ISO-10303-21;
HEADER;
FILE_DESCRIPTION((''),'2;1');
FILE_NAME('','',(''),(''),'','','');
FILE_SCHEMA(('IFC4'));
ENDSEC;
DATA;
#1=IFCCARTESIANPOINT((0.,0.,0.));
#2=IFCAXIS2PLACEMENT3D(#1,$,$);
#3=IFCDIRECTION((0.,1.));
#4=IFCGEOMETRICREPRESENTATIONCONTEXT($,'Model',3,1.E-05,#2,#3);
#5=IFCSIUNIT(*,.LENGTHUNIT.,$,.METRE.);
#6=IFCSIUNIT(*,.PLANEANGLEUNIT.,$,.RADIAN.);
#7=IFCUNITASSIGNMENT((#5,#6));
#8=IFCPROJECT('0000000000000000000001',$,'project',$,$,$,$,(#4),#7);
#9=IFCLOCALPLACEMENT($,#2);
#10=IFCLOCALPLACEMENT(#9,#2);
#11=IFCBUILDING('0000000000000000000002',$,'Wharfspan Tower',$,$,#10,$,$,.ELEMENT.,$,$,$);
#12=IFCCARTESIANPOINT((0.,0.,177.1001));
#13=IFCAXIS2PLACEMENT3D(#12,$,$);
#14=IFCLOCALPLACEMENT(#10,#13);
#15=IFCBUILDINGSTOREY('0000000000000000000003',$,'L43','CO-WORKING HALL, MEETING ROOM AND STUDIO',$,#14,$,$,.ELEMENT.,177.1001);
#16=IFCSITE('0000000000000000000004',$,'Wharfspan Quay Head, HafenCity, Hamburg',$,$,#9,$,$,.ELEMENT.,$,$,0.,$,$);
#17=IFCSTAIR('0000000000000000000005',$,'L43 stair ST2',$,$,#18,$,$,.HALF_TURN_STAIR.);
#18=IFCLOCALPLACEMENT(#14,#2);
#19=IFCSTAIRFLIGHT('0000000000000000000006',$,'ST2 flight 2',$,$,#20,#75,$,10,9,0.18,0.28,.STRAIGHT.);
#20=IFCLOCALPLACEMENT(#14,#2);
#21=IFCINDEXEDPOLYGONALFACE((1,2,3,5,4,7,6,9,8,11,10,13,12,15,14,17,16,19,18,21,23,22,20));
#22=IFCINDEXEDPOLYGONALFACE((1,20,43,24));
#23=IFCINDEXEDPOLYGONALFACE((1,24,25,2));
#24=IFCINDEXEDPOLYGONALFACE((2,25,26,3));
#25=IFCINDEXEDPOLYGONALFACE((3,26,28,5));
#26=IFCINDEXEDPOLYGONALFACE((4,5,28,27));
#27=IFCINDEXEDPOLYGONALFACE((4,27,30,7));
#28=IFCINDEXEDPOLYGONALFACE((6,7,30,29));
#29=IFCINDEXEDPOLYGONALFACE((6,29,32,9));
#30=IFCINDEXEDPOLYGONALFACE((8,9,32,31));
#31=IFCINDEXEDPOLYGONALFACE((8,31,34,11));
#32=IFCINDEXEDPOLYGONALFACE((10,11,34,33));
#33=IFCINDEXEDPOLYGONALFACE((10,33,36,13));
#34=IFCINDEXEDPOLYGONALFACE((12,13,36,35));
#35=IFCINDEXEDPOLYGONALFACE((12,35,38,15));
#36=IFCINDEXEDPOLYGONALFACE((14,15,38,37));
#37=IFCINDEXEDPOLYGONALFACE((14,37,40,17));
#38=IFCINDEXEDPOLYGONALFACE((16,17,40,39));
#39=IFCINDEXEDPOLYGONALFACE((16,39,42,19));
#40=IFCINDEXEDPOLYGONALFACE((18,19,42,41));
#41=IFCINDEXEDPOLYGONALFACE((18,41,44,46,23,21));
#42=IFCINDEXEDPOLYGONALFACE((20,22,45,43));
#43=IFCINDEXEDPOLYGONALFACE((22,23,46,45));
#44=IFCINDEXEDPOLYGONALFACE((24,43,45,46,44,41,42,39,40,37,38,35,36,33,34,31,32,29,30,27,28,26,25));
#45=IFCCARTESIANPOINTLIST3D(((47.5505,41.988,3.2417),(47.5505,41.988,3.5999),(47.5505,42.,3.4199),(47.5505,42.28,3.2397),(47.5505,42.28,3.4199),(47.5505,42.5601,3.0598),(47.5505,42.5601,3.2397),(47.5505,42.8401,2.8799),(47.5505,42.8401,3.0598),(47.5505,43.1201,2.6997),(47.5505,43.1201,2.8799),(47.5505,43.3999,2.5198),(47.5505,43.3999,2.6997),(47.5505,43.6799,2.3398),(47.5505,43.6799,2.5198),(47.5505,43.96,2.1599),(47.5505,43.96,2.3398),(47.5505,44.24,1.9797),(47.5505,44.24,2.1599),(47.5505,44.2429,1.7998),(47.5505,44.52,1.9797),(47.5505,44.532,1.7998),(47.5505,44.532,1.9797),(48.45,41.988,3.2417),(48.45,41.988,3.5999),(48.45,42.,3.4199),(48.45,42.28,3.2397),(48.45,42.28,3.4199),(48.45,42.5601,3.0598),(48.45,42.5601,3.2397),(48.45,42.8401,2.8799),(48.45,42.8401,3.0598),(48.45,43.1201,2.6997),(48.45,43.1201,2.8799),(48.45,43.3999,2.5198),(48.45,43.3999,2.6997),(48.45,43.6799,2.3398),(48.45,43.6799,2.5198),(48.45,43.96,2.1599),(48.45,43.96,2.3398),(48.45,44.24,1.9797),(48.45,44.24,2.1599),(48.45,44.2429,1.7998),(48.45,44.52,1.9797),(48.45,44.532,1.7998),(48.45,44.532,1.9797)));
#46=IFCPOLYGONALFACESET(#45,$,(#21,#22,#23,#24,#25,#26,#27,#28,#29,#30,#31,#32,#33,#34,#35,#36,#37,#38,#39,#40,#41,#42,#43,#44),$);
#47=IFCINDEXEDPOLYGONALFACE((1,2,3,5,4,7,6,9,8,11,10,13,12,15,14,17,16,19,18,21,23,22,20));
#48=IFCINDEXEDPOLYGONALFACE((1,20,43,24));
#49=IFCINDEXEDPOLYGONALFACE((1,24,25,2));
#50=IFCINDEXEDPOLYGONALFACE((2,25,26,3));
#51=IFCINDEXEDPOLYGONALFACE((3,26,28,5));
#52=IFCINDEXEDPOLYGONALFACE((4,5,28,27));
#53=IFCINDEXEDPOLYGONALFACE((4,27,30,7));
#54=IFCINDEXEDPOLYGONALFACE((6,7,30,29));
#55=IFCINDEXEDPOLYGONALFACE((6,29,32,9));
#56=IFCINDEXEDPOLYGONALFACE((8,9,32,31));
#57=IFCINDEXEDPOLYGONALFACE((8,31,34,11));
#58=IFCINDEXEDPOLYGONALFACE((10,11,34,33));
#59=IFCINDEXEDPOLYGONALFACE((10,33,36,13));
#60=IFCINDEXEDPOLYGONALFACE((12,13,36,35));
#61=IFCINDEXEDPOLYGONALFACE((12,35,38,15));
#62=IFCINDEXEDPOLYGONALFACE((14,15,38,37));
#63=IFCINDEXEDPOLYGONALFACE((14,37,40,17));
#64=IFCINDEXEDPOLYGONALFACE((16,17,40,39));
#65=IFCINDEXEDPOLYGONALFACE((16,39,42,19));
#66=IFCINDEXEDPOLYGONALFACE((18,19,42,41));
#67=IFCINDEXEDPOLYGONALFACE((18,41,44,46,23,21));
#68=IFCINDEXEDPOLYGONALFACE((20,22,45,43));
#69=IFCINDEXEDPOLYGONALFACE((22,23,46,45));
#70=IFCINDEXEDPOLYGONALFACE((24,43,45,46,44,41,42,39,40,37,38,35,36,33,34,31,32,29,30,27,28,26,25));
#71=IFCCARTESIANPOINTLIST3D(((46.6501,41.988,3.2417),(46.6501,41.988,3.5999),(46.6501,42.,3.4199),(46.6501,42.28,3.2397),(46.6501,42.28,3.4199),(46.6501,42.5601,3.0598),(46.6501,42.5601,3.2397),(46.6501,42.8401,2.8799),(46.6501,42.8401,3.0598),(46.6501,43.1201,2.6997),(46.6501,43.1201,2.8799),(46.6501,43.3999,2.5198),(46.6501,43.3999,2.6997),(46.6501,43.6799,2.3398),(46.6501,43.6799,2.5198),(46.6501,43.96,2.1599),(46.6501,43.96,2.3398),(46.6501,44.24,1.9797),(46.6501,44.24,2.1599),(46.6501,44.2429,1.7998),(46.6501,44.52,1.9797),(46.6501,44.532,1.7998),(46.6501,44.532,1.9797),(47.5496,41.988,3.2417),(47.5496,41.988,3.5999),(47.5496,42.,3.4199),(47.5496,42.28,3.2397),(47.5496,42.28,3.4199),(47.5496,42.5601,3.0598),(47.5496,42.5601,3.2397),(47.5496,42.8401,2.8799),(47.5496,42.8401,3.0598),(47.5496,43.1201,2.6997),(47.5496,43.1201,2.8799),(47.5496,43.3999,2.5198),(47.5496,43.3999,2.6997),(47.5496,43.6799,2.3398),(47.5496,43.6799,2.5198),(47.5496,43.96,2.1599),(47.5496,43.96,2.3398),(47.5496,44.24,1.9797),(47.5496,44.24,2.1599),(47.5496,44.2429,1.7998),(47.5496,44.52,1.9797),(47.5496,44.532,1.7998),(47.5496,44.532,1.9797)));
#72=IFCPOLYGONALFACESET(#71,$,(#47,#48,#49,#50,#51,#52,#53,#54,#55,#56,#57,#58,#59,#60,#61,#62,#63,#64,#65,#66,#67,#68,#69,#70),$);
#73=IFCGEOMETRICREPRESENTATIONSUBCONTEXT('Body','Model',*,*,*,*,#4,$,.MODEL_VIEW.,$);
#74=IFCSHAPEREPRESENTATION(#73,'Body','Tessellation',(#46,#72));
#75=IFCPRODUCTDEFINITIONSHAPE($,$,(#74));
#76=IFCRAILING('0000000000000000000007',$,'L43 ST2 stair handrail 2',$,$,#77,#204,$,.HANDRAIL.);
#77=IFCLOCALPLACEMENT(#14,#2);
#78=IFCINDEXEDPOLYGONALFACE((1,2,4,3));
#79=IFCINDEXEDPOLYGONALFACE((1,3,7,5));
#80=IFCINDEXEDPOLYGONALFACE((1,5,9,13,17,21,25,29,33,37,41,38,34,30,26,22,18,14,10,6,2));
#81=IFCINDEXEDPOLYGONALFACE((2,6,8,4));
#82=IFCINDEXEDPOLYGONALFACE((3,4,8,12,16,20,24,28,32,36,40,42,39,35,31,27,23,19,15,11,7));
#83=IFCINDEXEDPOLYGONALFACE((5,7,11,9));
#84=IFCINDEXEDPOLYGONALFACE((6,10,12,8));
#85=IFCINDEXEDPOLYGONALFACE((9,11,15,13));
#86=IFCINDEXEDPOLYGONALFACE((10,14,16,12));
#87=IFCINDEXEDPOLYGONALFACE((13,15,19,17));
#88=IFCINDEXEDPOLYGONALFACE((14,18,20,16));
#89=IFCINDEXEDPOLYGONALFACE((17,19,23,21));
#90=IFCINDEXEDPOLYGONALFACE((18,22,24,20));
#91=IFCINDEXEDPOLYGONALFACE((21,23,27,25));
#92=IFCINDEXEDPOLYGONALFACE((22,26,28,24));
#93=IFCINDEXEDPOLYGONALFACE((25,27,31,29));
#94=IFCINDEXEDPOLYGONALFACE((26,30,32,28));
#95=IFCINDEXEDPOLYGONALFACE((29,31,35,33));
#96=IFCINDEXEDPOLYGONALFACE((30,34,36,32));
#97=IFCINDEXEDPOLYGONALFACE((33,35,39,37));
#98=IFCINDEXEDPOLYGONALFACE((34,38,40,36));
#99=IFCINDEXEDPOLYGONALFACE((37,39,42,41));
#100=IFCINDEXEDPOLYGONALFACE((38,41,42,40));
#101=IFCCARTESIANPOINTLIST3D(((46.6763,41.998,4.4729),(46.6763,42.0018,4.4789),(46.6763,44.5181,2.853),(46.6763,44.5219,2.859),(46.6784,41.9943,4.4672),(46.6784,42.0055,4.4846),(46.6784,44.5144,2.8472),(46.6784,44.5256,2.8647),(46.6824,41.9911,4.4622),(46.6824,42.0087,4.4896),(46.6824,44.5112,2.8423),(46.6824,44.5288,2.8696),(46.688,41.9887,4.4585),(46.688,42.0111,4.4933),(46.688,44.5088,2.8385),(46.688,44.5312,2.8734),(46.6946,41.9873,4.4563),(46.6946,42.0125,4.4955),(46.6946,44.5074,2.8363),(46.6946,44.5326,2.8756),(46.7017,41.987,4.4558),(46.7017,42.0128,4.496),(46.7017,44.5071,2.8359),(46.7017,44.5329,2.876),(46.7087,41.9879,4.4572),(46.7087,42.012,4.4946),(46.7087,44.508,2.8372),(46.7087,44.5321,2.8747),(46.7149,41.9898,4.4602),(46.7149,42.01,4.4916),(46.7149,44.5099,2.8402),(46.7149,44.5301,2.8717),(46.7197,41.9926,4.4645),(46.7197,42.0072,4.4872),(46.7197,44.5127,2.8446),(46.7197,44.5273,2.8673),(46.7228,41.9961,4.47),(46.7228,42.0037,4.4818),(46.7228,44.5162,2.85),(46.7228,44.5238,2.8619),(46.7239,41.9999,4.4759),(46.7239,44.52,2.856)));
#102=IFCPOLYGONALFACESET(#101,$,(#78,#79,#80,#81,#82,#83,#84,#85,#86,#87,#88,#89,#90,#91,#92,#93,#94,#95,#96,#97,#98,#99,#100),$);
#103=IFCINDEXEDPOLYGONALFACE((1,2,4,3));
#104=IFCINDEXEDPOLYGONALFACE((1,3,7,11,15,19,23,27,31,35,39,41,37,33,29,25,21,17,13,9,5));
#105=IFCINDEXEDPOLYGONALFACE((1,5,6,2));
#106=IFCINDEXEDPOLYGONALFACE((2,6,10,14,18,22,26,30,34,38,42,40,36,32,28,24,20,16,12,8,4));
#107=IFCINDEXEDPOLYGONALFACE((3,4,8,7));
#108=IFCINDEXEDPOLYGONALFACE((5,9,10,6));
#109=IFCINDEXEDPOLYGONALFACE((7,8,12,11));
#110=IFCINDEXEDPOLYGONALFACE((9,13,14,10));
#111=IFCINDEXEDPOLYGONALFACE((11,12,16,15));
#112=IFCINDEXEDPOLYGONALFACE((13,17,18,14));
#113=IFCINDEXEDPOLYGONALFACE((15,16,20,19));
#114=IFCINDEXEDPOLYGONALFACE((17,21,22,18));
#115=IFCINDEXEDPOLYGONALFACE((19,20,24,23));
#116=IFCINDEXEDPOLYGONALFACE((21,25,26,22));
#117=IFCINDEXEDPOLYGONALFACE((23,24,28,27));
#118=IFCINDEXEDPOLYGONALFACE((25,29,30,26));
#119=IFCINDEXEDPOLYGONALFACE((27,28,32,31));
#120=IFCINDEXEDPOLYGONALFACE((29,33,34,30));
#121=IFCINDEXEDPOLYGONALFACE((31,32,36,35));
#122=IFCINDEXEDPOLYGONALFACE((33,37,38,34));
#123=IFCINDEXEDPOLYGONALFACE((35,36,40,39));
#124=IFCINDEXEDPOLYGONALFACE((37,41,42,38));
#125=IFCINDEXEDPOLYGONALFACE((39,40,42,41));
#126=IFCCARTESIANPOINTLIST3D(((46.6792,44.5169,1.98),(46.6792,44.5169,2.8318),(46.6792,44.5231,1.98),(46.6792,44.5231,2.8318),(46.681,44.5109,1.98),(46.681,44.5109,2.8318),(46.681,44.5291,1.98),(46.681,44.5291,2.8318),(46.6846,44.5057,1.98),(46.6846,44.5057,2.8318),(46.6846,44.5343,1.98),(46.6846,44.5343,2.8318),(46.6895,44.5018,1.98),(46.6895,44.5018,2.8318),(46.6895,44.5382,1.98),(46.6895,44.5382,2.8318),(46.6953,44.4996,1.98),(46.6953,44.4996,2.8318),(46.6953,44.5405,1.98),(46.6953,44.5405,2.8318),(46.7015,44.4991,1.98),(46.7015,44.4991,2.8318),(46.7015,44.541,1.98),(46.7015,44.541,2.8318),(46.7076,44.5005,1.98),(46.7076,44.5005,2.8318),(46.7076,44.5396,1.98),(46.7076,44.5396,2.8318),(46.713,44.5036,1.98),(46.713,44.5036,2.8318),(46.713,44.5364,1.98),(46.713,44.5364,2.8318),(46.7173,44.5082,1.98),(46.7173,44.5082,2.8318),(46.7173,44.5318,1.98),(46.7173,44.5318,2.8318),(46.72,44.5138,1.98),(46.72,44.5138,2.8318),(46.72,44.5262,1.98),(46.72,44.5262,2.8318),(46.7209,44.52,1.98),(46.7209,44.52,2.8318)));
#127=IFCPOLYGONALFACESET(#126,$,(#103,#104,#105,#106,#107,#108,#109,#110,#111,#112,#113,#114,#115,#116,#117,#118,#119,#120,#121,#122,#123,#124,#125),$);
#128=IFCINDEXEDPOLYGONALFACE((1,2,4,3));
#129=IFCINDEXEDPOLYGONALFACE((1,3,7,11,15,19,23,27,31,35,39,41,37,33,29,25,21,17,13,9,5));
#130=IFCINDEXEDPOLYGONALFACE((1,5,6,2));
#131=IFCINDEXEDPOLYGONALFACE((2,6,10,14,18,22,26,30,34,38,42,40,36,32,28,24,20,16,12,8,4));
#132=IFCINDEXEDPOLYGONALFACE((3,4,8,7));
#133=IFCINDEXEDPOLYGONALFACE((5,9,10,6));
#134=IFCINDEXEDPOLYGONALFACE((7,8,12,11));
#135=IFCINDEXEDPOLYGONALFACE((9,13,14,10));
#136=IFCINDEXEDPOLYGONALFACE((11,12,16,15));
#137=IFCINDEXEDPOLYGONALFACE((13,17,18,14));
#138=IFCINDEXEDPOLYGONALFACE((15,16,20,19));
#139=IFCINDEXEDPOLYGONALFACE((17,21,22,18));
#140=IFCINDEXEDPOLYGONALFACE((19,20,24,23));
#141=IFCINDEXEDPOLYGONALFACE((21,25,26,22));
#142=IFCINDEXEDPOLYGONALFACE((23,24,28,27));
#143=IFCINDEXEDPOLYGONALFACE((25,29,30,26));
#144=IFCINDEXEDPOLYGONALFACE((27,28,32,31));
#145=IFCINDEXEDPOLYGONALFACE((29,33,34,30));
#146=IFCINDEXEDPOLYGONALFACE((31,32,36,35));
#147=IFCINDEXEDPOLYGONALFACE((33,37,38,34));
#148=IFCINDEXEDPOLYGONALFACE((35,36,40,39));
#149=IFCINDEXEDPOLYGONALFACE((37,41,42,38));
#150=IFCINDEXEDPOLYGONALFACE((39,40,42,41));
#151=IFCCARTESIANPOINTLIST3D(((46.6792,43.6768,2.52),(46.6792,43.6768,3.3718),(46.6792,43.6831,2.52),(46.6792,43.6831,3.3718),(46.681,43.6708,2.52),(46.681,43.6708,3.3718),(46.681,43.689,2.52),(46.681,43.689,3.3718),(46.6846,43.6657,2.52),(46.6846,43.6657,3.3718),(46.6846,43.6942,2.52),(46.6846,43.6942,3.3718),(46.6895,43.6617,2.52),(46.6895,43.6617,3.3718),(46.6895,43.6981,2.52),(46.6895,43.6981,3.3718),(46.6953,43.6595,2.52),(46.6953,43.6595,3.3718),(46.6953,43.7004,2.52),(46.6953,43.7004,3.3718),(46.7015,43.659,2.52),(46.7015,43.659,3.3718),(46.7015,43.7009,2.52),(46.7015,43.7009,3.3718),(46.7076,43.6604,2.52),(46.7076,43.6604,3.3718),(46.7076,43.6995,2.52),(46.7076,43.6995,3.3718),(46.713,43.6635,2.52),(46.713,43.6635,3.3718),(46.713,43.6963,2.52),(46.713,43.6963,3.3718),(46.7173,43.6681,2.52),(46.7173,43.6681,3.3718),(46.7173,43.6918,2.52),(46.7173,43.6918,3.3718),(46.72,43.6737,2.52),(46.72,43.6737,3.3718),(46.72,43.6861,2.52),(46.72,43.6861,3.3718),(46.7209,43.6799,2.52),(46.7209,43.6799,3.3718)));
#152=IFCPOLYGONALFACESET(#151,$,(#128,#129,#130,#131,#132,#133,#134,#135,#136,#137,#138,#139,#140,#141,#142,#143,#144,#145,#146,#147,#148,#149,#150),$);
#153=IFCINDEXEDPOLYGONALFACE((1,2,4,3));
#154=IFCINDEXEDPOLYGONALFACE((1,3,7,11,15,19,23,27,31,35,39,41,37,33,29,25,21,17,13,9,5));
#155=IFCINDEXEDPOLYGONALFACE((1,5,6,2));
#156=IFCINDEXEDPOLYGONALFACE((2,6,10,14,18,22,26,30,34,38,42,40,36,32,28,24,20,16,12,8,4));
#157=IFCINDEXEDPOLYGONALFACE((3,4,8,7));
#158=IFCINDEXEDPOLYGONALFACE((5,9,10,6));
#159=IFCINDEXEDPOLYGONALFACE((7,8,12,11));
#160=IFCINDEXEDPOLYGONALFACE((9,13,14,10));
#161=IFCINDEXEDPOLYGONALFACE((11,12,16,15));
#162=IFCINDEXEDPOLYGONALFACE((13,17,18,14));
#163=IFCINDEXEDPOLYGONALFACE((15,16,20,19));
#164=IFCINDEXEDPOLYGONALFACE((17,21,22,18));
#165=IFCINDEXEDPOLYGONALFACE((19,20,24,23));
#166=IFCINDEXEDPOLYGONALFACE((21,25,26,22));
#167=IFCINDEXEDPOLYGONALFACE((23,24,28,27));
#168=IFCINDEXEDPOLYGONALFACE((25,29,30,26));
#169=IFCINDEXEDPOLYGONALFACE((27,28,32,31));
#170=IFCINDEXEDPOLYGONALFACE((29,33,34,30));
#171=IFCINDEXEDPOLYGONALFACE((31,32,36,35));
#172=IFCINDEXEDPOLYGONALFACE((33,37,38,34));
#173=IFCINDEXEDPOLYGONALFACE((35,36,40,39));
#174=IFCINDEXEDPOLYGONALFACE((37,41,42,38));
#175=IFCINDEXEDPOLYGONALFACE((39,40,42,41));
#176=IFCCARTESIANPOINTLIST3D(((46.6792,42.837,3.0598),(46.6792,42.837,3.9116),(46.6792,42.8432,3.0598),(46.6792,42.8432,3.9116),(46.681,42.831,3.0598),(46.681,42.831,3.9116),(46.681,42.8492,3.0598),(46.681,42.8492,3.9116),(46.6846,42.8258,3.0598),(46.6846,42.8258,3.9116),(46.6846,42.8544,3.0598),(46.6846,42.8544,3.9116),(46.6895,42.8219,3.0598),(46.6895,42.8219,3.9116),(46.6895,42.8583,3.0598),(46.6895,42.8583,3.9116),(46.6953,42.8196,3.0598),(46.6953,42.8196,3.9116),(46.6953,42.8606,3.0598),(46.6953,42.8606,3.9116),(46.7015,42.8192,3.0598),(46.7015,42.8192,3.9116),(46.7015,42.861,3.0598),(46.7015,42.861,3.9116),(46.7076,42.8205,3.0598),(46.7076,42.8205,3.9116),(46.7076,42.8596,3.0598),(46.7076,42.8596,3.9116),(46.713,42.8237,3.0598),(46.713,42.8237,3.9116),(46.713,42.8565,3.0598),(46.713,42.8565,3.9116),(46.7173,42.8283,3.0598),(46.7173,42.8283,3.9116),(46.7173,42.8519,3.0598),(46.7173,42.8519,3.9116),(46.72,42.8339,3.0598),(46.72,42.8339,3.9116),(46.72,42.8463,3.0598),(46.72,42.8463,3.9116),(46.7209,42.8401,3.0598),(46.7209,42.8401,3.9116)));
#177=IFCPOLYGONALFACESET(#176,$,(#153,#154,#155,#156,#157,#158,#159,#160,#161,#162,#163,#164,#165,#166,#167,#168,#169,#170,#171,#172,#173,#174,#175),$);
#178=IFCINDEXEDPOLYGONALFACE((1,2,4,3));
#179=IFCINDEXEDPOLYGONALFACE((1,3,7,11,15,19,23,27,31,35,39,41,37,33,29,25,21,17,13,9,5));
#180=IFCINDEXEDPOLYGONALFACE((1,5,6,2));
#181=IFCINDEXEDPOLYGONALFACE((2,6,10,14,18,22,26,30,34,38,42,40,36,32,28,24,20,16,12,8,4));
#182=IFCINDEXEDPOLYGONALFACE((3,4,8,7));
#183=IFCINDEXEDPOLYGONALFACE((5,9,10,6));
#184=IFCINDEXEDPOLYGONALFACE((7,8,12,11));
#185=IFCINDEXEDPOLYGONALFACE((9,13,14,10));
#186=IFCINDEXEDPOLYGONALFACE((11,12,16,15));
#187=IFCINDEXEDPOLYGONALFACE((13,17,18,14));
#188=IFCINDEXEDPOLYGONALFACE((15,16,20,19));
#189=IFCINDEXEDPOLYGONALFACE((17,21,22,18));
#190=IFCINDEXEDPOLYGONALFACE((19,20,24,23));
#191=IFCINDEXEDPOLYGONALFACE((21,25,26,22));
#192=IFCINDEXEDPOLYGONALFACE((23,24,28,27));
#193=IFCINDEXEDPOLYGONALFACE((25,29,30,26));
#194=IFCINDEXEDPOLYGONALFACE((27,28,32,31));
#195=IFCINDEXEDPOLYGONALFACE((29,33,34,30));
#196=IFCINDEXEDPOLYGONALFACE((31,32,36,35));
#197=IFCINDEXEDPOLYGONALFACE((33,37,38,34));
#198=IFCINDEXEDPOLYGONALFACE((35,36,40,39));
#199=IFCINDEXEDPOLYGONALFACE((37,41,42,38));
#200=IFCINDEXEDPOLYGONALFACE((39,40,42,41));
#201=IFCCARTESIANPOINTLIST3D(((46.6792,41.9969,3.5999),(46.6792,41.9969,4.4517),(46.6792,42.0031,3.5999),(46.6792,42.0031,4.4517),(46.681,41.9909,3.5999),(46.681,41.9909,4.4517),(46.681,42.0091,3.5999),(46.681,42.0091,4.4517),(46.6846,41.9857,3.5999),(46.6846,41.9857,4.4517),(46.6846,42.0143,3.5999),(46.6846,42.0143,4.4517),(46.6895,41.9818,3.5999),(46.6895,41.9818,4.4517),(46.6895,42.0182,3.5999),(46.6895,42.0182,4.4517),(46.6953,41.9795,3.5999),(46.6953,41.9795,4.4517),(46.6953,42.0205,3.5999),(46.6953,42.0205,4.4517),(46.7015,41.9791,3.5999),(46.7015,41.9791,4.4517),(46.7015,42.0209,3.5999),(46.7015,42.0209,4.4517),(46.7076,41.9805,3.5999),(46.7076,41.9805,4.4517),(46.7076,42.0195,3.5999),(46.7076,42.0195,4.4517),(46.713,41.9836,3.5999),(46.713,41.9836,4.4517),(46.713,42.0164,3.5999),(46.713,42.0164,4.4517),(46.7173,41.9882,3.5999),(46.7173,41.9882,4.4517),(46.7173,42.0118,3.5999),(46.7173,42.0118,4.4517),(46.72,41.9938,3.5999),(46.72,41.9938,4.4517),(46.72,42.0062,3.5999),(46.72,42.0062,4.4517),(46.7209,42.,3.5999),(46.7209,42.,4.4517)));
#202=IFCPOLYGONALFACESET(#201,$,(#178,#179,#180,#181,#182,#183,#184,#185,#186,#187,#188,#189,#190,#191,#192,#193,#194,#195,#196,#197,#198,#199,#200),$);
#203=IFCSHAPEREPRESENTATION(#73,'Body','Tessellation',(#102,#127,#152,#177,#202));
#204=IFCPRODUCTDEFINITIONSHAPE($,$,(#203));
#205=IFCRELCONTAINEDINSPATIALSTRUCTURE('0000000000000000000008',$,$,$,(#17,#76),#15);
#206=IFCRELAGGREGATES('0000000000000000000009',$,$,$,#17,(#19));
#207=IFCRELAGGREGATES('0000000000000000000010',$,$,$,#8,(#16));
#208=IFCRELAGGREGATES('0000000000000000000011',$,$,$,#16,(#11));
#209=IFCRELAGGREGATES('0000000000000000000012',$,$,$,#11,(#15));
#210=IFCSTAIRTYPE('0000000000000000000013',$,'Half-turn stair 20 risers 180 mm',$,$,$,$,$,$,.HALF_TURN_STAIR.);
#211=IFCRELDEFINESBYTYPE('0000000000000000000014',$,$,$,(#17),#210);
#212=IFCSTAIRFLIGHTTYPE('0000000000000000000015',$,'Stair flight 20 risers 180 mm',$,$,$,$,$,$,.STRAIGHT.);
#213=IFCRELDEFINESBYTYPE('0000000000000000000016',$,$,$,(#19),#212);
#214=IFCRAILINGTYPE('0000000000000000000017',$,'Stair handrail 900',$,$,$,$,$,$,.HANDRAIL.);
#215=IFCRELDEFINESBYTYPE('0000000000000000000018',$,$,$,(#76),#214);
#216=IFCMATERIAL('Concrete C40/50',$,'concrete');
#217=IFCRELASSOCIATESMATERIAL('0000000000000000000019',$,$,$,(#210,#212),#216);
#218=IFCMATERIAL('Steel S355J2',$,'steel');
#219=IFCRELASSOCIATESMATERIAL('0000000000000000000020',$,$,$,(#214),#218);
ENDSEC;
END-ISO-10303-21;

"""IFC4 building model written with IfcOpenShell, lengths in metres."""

from ifc_helpers import new_model, si_unit, direction, frame, origin, origin_2d, place, context, subcontext, project, spatial, polyline, circle, outline, extrude, material, type_object, element, aggregate, save


model = new_model("IFC4")

# Units and contexts
model_context = context("Model", 3, precision=1e-05, world=origin(), true_north=direction((0.0, 1.0)))
body_context = subcontext(model_context, "Body", "Model", "MODEL_VIEW")
ifc_project = project(units=[si_unit("LENGTHUNIT", "METRE"), si_unit("PLANEANGLEUNIT", "RADIAN")], contexts=[model_context])

# Site, building, storey
site_placement = place(None, origin())
site = spatial("IfcSite", under=ifc_project, at=site_placement, Name="Wharfspan Quay Head, HafenCity, Hamburg", CompositionType="ELEMENT", RefElevation=0.0)
building_placement = place(site_placement, origin())
building = spatial("IfcBuilding", under=site, at=building_placement, Name="Wharfspan Tower", CompositionType="ELEMENT")
storey_placement = place(building_placement, frame((0.0, 0.0, 177.1001)))
storey = spatial("IfcBuildingStorey", under=building, at=storey_placement, Name="L43", Description="CO-WORKING HALL, MEETING ROOM AND STUDIO", CompositionType="ELEMENT", Elevation=177.1001)

# Shared definitions
ifc_material_1 = material(Name="Steel S355J2", Category="steel")

# Shared definitions
ifc_material_2 = material(Name="Concrete C40/50", Category="concrete")

# Stair, stair flight
stair_type = type_object("IfcStairType", Name="Half-turn stair 20 risers 180 mm", PredefinedType="HALF_TURN_STAIR", material=ifc_material_2)
stair_placement = place(storey_placement, origin())
stair = element("IfcStair", 1, at=stair_placement, inside=storey, type_object=stair_type, Name="L43 stair ST2", PredefinedType="HALF_TURN_STAIR")
stair_flight_type = type_object("IfcStairFlightType", Name="Stair flight 20 risers 180 mm", PredefinedType="STRAIGHT", material=ifc_material_2)
stair_flight_placement = place(storey_placement, frame((47.55, 44.52, 1.7998), z_axis=(0.0, 0.0, 1.0), x_axis=(0.0, -1.0, 0.0)))
stair_flight = element("IfcStairFlight", 2, at=stair_flight_placement, type_object=stair_flight_type, Name="ST2 flight 2", NumberOfRisers=10, NumberOfTreads=9, PredefinedType="STRAIGHT", RiserHeight=0.18, TreadLength=0.28, context=body_context, shape_type="SweptSolid", body=[
    extrude(outline(polyline([(-0.012, 0.0), (-0.012, 0.1799), (0.0, 0.1799), (0.28, 0.1799), (0.28, 0.3601), (0.5601, 0.3601), (0.5601, 0.54), (0.8401, 0.54), (0.8401, 0.72), (1.1201, 0.72), (1.1201, 0.8999), (1.3999, 0.8999), (1.3999, 1.0801), (1.6799, 1.0801), (1.6799, 1.26), (1.96, 1.26), (1.96, 1.4399), (2.24, 1.4399), (2.24, 1.6201), (2.52, 1.6201), (2.532, 1.8), (2.532, 1.4419), (0.2771, 0.0), (-0.012, 0.0)])), frame((0.0, 0.8999, 0.0), z_axis=(0.0, -1.0, 0.0), x_axis=(1.0, 0.0, 0.0)), (0.0, 0.0, 1.0), 0.8994),
    extrude(outline(polyline([(-0.012, 0.0), (-0.012, 0.1799), (0.0, 0.1799), (0.28, 0.1799), (0.28, 0.3601), (0.5601, 0.3601), (0.5601, 0.54), (0.8401, 0.54), (0.8401, 0.72), (1.1201, 0.72), (1.1201, 0.8999), (1.3999, 0.8999), (1.3999, 1.0801), (1.6799, 1.0801), (1.6799, 1.26), (1.96, 1.26), (1.96, 1.4399), (2.24, 1.4399), (2.24, 1.6201), (2.52, 1.6201), (2.532, 1.8), (2.532, 1.4419), (0.2771, 0.0), (-0.012, 0.0)])), frame((0.0, -0.0005, 0.0), z_axis=(0.0, -1.0, 0.0), x_axis=(1.0, 0.0, 0.0)), (0.0, 0.0, 1.0), 0.8994),
])
aggregate(stair, [stair_flight])

# Railing
railing_type = type_object("IfcRailingType", Name="Stair handrail 900", PredefinedType="HANDRAIL", material=ifc_material_1)
railing_placement = place(storey_placement, frame((46.7, 44.52, 1.98)))
element("IfcRailing", 3, at=railing_placement, inside=storey, type_object=railing_type, Name="L43 ST2 stair handrail 2", PredefinedType="HANDRAIL", context=body_context, shape_type="SweptSolid", body=[
    extrude(circle(Radius=0.0239, at=origin_2d()), frame((0.0, 0.0, 0.876), z_axis=(0.0, -0.8412, 0.540725), x_axis=(1.0, 0.0, 0.0)), (0.0, 0.0, 1.0), 2.9958),
    extrude(circle(Radius=0.021, at=origin_2d()), origin(), (0.0, 0.0, 1.0), 0.8518),
    extrude(circle(Radius=0.021, at=origin_2d()), frame((0.0, -0.8401, 0.54)), (0.0, 0.0, 1.0), 0.8518),
    extrude(circle(Radius=0.021, at=origin_2d()), frame((0.0, -1.6799, 1.0798)), (0.0, 0.0, 1.0), 0.8518),
    extrude(circle(Radius=0.021, at=origin_2d()), frame((0.0, -2.52, 1.6199)), (0.0, 0.0, 1.0), 0.8518),
])

save(model, "model.ifc")
